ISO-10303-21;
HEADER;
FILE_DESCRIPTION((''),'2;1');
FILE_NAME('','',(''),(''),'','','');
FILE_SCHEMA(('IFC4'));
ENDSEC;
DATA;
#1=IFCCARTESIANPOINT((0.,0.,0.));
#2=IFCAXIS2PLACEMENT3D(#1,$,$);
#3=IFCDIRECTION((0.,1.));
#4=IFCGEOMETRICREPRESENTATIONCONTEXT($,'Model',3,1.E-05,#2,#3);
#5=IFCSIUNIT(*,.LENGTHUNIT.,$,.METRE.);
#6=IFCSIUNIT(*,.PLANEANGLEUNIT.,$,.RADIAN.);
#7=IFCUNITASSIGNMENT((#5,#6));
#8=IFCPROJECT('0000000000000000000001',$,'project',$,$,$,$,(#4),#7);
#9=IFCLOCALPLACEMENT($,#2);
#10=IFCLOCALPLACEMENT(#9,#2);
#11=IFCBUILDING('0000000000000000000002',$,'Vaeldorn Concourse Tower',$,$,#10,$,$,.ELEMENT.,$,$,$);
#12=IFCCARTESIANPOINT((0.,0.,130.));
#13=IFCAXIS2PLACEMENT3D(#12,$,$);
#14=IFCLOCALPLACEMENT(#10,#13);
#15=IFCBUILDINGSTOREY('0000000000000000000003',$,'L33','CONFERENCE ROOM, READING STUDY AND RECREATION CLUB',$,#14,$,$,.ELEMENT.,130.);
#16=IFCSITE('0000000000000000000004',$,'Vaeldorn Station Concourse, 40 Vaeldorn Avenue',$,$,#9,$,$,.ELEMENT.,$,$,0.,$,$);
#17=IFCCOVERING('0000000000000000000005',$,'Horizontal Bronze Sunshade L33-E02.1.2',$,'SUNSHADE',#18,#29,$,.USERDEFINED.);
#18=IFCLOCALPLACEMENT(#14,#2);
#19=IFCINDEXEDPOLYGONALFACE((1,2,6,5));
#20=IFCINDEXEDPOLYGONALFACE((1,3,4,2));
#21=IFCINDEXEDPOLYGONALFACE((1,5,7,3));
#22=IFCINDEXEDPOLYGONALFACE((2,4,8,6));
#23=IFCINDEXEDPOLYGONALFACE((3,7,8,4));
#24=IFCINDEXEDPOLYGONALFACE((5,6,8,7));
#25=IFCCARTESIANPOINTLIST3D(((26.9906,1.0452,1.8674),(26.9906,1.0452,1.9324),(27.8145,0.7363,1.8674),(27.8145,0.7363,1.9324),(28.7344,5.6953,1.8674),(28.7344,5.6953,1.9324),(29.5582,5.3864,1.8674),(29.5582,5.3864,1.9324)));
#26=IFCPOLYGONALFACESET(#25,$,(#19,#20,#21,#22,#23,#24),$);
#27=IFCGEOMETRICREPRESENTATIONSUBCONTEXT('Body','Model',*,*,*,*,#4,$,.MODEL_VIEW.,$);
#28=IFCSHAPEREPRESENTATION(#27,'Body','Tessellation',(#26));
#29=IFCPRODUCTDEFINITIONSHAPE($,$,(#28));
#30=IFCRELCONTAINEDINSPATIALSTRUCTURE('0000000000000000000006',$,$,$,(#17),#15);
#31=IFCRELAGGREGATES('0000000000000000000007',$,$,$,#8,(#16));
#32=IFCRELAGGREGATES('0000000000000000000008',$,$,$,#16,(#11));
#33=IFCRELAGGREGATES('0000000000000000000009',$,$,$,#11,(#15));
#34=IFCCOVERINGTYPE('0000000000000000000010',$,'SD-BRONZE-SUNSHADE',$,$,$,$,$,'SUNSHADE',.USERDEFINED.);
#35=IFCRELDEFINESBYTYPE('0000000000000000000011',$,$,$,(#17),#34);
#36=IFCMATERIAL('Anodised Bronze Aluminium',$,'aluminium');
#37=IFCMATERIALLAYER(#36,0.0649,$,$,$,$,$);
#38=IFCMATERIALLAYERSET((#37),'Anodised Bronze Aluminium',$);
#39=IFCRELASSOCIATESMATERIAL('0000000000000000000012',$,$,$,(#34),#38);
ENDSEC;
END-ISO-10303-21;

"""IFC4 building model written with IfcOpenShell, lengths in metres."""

from ifc_helpers import new_model, si_unit, direction, frame, origin, origin_2d, place, context, subcontext, project, spatial, rectangle, extrude, source, transform, mapped, material, layer, layer_set, type_object, element, save


model = new_model("IFC4")

# Units and contexts
model_context = context("Model", 3, precision=1e-05, world=origin(), true_north=direction((0.0, 1.0)))
body_context = subcontext(model_context, "Body", "Model", "MODEL_VIEW")
ifc_project = project(units=[si_unit("LENGTHUNIT", "METRE"), si_unit("PLANEANGLEUNIT", "RADIAN")], contexts=[model_context])

# Site, building, storey
site_placement = place(None, origin())
site = spatial("IfcSite", under=ifc_project, at=site_placement, Name="Vaeldorn Station Concourse, 40 Vaeldorn Avenue", CompositionType="ELEMENT", RefElevation=0.0)
building_placement = place(site_placement, origin())
building = spatial("IfcBuilding", under=site, at=building_placement, Name="Vaeldorn Concourse Tower", CompositionType="ELEMENT")
storey_placement = place(building_placement, frame((0.0, 0.0, 130.0)))
storey = spatial("IfcBuildingStorey", under=building, at=storey_placement, Name="L33", Description="CONFERENCE ROOM, READING STUDY AND RECREATION CLUB", CompositionType="ELEMENT", Elevation=130.0)

# Shared definitions
ifc_material_1 = material(Name="Anodised Bronze Aluminium", Category="aluminium")

# Covering
ifc_layer_1 = layer(ifc_material_1, 0.0649)
ifc_layer_set_1 = layer_set([ifc_layer_1], Name="Anodised Bronze Aluminium")
covering_type = type_object("IfcCoveringType", Name="SD-BRONZE-SUNSHADE", ElementType="SUNSHADE", PredefinedType="USERDEFINED", material=ifc_layer_set_1)
shared_shape_1 = source(origin(), body_context, "Body", "SweptSolid", [
    extrude(rectangle(XDim=4.9663, YDim=0.8799, at=origin_2d()), origin(), (0.0, 0.0, 1.0), 0.0649),
])
for number, where, z_axis, x_axis, name in (
    (1, (28.2744, 3.2158, 1.8674), (0.0, 0.0, 1.0), (0.351123, 0.936329, 0.0), "Horizontal Bronze Sunshade L33-E02.1.2"),
):
    element("IfcCovering", number, at=place(storey_placement, frame(where, z_axis=z_axis, x_axis=x_axis)), inside=storey, type_object=covering_type, Name=name, ObjectType="SUNSHADE", PredefinedType="USERDEFINED", context=body_context, shape_type="MappedRepresentation", body=[
        mapped(shared_shape_1, transform((0.0, 0.0, 0.0), scale=1.0)),
    ])

save(model, "model.ifc")
